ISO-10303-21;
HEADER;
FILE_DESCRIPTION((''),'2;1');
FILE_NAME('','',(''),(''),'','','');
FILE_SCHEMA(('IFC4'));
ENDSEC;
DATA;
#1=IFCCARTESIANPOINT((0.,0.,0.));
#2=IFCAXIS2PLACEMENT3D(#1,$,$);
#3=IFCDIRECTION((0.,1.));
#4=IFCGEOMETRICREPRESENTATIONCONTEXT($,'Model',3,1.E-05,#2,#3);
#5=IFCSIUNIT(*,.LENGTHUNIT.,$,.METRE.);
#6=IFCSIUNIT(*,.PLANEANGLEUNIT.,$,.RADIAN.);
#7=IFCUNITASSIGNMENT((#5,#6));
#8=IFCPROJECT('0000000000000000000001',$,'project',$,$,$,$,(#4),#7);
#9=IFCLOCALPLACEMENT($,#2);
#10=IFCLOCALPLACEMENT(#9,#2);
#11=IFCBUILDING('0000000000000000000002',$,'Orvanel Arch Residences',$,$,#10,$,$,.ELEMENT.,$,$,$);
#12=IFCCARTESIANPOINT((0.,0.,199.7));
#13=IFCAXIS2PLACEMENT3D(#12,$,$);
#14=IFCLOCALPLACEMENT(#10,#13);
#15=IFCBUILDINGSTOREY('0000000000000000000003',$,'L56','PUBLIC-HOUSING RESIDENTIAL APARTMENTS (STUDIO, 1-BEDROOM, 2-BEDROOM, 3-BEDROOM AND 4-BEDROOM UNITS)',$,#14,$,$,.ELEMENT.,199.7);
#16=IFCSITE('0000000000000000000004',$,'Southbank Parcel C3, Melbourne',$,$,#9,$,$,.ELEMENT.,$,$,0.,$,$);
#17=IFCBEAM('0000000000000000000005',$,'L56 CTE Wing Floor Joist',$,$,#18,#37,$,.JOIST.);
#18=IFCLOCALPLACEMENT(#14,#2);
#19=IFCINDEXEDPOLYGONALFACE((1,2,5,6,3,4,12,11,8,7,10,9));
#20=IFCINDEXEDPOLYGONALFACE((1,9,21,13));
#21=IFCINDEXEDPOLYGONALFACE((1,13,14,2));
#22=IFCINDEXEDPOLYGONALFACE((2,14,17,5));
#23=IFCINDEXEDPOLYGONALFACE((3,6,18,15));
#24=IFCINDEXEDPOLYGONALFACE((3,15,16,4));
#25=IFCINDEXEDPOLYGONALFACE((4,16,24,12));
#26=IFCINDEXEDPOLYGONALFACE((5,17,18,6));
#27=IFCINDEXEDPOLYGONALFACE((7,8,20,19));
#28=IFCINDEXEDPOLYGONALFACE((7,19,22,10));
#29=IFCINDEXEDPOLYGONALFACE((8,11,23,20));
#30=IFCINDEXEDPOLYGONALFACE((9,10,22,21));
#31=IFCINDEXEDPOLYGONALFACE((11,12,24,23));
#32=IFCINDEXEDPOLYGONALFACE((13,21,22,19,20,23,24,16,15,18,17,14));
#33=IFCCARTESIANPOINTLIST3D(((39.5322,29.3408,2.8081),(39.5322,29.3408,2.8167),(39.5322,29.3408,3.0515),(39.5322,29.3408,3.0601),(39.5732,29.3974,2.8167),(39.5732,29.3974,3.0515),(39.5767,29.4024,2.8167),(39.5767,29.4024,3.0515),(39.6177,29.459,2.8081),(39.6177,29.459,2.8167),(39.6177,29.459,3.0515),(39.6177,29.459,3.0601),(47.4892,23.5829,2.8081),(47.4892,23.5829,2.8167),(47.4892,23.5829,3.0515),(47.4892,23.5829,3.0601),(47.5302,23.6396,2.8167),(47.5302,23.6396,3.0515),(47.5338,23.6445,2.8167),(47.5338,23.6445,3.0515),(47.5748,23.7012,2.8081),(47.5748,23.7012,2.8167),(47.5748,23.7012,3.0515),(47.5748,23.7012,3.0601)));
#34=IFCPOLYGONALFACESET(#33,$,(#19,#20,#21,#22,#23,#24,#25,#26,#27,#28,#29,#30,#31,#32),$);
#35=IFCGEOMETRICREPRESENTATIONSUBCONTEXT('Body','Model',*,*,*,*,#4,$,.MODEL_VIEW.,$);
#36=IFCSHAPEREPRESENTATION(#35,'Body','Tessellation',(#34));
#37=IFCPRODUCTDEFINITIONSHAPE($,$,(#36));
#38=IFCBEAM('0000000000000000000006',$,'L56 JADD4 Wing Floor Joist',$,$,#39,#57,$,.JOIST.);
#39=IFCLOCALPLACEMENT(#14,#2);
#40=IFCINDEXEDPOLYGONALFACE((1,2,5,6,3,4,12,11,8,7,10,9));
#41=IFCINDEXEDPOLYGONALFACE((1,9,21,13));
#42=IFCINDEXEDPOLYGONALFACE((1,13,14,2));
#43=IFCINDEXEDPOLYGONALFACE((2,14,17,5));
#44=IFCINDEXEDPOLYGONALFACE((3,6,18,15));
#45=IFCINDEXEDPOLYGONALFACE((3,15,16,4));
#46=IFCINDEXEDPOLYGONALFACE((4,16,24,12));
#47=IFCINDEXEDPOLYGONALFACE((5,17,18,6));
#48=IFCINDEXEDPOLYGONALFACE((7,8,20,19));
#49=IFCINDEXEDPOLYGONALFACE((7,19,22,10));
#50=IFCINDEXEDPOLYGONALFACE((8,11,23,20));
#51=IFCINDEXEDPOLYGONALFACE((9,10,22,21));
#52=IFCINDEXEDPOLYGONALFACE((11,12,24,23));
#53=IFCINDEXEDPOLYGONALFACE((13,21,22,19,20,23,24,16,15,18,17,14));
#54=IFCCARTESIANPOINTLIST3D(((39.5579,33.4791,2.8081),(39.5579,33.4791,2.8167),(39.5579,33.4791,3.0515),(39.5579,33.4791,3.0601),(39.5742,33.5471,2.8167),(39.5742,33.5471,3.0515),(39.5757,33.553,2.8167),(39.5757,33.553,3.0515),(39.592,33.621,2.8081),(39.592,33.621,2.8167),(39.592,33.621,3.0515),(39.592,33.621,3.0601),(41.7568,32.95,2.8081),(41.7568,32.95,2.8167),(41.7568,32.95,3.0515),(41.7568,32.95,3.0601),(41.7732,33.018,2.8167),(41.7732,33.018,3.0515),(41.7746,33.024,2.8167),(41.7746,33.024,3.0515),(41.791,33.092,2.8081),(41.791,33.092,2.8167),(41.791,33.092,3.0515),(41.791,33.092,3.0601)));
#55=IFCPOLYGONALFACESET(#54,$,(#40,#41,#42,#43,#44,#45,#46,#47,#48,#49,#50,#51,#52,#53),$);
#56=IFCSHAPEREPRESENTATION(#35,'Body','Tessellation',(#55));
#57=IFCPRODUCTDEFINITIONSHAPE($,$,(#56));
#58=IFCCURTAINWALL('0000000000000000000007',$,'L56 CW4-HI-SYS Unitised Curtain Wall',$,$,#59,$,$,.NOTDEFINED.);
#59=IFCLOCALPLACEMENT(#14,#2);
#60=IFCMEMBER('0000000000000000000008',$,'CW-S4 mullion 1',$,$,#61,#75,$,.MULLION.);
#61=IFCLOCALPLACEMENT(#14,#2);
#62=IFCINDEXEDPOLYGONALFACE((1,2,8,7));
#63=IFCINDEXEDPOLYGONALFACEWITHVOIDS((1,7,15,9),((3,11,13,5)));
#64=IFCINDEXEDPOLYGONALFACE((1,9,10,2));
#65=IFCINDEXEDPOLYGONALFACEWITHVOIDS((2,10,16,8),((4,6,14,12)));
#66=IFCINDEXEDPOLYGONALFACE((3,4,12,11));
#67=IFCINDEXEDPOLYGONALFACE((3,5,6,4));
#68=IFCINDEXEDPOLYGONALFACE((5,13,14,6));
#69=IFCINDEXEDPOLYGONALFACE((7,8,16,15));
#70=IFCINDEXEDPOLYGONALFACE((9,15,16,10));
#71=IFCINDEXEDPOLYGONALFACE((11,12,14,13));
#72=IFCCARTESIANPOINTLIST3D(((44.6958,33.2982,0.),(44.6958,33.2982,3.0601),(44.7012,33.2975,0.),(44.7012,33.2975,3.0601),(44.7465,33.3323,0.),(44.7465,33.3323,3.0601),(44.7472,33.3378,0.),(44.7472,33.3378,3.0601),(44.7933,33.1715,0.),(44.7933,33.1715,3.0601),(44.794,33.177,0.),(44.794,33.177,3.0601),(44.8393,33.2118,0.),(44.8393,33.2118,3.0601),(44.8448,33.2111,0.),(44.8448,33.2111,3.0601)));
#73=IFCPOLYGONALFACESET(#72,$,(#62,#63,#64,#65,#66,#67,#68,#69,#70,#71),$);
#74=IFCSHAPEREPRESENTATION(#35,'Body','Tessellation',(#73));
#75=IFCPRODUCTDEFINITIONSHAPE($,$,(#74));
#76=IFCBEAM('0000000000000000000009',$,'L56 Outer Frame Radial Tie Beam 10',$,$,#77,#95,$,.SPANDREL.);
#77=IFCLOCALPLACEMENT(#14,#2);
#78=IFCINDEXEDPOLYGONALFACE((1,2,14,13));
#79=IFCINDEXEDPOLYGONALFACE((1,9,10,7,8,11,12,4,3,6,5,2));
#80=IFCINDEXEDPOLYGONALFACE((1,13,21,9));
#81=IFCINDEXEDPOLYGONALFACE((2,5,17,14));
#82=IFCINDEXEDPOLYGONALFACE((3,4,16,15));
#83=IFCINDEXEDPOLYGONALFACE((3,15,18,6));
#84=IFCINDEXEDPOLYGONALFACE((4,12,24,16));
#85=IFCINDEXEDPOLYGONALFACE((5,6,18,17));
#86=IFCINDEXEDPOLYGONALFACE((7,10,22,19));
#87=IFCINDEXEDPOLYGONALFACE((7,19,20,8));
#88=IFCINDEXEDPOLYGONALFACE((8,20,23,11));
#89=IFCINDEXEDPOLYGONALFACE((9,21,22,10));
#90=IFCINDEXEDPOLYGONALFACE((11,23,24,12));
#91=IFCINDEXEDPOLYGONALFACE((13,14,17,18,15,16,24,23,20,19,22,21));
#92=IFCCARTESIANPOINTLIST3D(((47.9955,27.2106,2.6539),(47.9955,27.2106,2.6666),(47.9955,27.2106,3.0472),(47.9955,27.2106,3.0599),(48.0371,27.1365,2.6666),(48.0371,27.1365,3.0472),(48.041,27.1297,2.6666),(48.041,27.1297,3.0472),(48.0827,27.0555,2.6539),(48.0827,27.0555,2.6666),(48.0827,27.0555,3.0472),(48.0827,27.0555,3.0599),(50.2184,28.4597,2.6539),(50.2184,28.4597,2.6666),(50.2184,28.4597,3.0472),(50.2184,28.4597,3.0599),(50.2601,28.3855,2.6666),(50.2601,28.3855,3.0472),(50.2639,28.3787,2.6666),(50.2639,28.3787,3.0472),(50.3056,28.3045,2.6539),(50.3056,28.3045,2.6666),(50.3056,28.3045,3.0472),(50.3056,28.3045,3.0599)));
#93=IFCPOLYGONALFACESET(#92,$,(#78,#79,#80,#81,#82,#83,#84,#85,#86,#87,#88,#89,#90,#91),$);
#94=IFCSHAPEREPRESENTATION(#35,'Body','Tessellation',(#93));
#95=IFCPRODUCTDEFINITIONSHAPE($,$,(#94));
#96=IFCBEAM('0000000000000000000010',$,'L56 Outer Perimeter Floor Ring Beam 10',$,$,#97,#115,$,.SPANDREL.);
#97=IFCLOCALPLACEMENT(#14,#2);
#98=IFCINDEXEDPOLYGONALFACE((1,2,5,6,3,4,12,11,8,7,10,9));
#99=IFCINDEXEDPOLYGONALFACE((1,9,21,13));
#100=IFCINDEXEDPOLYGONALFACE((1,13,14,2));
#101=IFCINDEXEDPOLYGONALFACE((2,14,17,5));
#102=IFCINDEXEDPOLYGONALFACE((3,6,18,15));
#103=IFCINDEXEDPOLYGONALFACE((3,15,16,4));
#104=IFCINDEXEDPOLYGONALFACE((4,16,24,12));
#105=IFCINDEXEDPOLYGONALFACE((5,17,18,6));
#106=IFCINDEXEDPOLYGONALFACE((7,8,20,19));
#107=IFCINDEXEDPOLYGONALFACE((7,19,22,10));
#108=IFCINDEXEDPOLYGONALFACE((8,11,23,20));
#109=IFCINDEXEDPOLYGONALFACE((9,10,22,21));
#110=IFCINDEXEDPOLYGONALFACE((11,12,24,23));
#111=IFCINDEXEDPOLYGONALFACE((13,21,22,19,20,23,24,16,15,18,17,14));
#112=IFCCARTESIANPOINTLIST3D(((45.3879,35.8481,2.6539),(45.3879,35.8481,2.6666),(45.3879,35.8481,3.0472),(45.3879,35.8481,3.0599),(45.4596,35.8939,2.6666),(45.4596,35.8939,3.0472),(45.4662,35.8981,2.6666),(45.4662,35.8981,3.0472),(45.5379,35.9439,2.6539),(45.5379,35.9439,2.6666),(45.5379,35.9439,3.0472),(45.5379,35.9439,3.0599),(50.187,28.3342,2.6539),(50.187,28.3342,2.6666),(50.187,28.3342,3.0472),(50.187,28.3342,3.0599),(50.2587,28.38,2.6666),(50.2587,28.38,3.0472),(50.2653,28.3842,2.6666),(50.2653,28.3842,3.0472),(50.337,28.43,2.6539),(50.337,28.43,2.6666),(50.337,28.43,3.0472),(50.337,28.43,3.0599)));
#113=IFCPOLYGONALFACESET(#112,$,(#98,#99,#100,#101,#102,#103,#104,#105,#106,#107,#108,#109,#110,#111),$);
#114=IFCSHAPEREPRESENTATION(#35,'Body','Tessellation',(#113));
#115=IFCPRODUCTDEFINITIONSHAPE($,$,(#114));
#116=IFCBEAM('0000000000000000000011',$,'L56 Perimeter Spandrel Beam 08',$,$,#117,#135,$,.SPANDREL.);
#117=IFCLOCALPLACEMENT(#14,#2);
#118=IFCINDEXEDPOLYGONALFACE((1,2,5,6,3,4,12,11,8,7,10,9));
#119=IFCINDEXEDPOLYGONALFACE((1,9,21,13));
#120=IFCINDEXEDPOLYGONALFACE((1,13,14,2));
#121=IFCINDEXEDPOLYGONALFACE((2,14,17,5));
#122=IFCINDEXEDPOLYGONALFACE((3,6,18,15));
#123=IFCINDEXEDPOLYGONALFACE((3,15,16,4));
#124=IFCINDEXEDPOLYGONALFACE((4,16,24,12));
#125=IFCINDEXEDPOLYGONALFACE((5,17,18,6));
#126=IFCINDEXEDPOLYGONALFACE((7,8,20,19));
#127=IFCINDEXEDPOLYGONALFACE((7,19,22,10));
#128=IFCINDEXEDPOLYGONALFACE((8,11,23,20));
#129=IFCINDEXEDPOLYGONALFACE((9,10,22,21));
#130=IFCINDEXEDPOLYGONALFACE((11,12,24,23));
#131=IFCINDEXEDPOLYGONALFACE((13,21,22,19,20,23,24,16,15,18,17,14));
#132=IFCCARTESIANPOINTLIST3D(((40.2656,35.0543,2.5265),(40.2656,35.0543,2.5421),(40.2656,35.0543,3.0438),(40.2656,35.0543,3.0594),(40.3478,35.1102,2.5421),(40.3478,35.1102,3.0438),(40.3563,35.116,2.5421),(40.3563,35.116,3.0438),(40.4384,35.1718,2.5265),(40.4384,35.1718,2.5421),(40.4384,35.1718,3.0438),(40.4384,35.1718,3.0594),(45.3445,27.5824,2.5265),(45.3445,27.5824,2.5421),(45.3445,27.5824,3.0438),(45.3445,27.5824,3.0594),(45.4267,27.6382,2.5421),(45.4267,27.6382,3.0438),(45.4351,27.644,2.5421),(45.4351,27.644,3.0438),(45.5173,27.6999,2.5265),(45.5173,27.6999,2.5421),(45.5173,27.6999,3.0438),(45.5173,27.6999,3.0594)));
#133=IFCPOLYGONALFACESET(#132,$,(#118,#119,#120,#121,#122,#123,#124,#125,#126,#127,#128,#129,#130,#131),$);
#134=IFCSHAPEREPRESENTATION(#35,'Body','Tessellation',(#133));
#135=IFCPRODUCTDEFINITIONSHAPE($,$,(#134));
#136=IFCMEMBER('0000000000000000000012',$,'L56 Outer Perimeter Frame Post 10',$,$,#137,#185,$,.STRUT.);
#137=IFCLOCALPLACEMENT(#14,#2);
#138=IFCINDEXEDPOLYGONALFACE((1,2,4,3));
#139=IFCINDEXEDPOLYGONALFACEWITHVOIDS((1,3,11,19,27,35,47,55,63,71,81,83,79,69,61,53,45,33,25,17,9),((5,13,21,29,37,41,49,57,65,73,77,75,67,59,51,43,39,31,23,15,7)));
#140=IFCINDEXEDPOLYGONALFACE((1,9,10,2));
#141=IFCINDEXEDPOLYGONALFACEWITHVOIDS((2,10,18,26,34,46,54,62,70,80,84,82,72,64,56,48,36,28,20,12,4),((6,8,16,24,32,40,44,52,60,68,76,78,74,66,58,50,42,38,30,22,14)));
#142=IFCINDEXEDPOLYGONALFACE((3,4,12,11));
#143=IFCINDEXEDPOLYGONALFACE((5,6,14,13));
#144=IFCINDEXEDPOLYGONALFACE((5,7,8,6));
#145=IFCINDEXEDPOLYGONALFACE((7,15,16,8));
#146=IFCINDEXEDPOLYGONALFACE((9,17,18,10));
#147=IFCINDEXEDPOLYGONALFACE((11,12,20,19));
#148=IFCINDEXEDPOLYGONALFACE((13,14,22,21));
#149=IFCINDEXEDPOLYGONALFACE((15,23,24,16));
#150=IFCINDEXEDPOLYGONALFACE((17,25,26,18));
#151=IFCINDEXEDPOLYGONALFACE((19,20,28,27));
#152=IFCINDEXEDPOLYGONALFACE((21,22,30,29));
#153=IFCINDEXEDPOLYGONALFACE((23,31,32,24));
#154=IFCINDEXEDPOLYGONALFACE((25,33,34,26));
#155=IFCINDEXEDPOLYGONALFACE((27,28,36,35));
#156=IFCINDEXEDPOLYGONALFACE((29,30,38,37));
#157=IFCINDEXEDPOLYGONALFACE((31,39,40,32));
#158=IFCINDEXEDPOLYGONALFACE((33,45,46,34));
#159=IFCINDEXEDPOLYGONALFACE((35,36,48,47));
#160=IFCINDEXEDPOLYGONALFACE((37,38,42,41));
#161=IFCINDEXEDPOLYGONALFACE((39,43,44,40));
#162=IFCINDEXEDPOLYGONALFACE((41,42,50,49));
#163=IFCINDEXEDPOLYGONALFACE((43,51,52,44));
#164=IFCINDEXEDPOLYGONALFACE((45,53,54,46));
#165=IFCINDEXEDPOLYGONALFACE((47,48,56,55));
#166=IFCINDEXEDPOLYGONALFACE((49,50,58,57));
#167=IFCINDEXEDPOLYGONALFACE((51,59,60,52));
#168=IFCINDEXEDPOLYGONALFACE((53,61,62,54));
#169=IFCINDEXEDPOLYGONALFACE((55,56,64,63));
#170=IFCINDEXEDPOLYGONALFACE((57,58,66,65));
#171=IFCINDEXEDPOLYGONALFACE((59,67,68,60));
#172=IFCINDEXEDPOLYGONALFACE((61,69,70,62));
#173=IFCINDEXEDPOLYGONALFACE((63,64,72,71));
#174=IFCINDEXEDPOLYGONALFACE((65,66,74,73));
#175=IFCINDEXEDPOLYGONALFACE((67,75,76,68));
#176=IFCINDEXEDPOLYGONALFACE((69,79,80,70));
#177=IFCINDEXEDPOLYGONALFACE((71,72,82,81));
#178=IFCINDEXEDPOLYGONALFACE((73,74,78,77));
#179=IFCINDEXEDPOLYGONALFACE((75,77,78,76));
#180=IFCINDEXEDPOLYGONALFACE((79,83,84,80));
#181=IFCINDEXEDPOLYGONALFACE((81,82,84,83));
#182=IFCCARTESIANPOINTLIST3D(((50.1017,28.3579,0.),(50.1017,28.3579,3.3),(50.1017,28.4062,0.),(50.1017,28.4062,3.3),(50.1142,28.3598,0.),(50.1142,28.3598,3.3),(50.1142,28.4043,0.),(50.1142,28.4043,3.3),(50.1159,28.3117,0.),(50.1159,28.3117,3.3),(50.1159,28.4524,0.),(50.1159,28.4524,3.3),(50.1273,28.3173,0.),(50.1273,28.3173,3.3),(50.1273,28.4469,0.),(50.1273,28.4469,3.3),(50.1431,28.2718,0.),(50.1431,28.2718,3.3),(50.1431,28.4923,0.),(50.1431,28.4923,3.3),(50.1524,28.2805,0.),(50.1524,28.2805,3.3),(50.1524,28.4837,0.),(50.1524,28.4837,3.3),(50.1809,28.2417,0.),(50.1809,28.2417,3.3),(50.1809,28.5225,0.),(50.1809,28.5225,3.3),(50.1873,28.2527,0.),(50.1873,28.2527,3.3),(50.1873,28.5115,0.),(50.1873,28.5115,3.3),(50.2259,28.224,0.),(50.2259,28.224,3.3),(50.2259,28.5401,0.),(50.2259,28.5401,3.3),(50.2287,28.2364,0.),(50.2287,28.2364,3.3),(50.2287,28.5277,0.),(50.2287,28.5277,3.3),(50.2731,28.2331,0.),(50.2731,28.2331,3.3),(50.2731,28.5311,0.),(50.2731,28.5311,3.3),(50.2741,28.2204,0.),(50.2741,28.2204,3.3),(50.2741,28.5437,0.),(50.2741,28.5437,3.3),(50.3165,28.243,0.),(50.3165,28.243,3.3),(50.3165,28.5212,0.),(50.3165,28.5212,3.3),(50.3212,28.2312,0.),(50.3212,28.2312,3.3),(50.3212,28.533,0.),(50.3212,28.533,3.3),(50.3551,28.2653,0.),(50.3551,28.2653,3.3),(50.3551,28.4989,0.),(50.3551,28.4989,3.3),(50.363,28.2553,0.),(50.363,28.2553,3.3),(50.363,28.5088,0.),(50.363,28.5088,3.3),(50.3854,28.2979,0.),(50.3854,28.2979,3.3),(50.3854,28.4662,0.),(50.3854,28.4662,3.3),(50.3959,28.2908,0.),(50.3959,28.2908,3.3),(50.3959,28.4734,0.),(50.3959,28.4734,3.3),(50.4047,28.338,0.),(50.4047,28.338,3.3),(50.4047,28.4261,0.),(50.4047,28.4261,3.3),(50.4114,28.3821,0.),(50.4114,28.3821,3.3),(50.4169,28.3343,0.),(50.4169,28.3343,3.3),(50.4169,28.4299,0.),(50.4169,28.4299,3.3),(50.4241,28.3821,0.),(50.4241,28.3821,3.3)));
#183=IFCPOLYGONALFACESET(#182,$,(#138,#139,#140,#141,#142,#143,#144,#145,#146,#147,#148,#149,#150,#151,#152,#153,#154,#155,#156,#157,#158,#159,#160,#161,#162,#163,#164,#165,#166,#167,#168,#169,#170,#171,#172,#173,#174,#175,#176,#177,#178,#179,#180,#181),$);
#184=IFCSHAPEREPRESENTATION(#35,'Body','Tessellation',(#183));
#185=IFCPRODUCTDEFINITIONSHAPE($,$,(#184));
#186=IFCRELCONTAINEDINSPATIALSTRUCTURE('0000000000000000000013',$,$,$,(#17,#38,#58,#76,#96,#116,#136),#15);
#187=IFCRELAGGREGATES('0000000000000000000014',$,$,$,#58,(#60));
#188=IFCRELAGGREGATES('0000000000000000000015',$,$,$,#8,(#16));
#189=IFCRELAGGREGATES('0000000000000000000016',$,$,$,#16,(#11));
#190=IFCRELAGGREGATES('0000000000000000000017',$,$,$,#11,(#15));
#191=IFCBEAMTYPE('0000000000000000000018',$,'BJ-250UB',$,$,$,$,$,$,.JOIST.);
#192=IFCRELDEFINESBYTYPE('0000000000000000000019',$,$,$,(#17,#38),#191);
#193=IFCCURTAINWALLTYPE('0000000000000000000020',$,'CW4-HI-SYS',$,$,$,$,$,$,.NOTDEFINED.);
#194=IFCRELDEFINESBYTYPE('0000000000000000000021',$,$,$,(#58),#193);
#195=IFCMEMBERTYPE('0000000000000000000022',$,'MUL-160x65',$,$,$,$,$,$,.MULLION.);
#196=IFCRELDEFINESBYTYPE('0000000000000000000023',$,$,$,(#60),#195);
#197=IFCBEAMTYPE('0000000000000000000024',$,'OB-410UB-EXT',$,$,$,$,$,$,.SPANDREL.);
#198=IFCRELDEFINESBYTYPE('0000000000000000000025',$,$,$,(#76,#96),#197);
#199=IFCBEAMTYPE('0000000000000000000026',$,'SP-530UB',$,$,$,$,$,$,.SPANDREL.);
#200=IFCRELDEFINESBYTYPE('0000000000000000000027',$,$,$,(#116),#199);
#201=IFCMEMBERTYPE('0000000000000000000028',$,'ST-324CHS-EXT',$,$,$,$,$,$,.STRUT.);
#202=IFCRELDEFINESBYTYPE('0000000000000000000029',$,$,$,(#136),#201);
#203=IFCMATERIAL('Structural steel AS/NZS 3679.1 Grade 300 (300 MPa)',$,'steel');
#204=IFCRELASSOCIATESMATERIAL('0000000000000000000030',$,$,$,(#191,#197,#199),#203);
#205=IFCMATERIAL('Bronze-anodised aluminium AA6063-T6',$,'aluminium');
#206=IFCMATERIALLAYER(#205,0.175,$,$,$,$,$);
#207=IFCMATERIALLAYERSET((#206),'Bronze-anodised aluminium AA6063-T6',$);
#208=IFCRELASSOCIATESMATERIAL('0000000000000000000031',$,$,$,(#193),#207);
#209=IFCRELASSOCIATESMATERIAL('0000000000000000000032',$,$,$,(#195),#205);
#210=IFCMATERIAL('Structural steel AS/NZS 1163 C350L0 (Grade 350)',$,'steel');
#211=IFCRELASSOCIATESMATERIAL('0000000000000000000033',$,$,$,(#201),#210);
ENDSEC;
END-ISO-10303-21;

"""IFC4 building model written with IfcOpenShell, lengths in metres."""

from ifc_helpers import new_model, si_unit, direction, frame, origin, origin_2d, place, context, subcontext, project, spatial, hollow_rectangle, hollow_circle, i_section, extrude, material, layer, layer_set, material_profile, profile_set, type_object, element, aggregate, save


model = new_model("IFC4")

# Units and contexts
model_context = context("Model", 3, precision=1e-05, world=origin(), true_north=direction((0.0, 1.0)))
body_context = subcontext(model_context, "Body", "Model", "MODEL_VIEW")
ifc_project = project(units=[si_unit("LENGTHUNIT", "METRE"), si_unit("PLANEANGLEUNIT", "RADIAN")], contexts=[model_context])

# Site, building, storey
site_placement = place(None, origin())
site = spatial("IfcSite", under=ifc_project, at=site_placement, Name="Southbank Parcel C3, Melbourne", CompositionType="ELEMENT", RefElevation=0.0)
building_placement = place(site_placement, origin())
building = spatial("IfcBuilding", under=site, at=building_placement, Name="Orvanel Arch Residences", CompositionType="ELEMENT")
storey_placement = place(building_placement, frame((0.0, 0.0, 199.7)))
storey = spatial("IfcBuildingStorey", under=building, at=storey_placement, Name="L56", Description="PUBLIC-HOUSING RESIDENTIAL APARTMENTS (STUDIO, 1-BEDROOM, 2-BEDROOM, 3-BEDROOM AND 4-BEDROOM UNITS)", CompositionType="ELEMENT", Elevation=199.7)

# Shared definitions
ifc_material_1 = material(Name="Structural steel AS/NZS 1163 C350L0 (Grade 350)", Category="steel")

# Beams
ifc_material_2 = material(Name="Structural steel AS/NZS 3679.1 Grade 300 (300 MPa)", Category="steel")
ifc_material_profile_1 = material_profile(ifc_material_2, i_section(OverallWidth=0.146, OverallDepth=0.252, WebThickness=0.0061, FlangeThickness=0.0085, at=origin_2d()), Name="250UB31.4")
ifc_profile_set_1 = profile_set([ifc_material_profile_1], Name="Structural steel AS/NZS 3679.1 Grade 300 (300 MPa)")
beam_type_1 = type_object("IfcBeamType", Name="BJ-250UB", PredefinedType="JOIST", material=ifc_profile_set_1)
beam_1_placement = place(storey_placement, frame((39.575, 29.3999, 2.9341), z_axis=(0.810144, -0.586231, 0.0), x_axis=(0.586231, 0.810144, 0.0)))
element("IfcBeam", 1, at=beam_1_placement, inside=storey, type_object=beam_type_1, Name="L56 CTE Wing Floor Joist", PredefinedType="JOIST", context=body_context, shape_type="SweptSolid", body=[
    extrude(i_section(OverallWidth=0.146, OverallDepth=0.252, WebThickness=0.0061, FlangeThickness=0.0085, at=origin_2d()), origin(), (0.0, 0.0, 1.0), 9.8218),
])
beam_2_placement = place(storey_placement, frame((39.575, 33.55, 2.9341), z_axis=(0.972257, -0.233916, 0.0), x_axis=(0.233916, 0.972257, 0.0)))
element("IfcBeam", 2, at=beam_2_placement, inside=storey, type_object=beam_type_1, Name="L56 JADD4 Wing Floor Joist", PredefinedType="JOIST", context=body_context, shape_type="SweptSolid", body=[
    extrude(i_section(OverallWidth=0.146, OverallDepth=0.252, WebThickness=0.0061, FlangeThickness=0.0085, at=origin_2d()), origin(), (0.0, 0.0, 1.0), 2.2617),
])

# Curtain wall, member
ifc_material_3 = material(Name="Bronze-anodised aluminium AA6063-T6", Category="aluminium")
ifc_layer_1 = layer(ifc_material_3, 0.175)
ifc_layer_set_1 = layer_set([ifc_layer_1], Name="Bronze-anodised aluminium AA6063-T6")
curtain_wall_type = type_object("IfcCurtainWallType", Name="CW4-HI-SYS", PredefinedType="NOTDEFINED", material=ifc_layer_set_1)
curtain_wall_placement = place(storey_placement, origin())
curtain_wall = element("IfcCurtainWall", 3, at=curtain_wall_placement, inside=storey, type_object=curtain_wall_type, Name="L56 CW4-HI-SYS Unitised Curtain Wall", PredefinedType="NOTDEFINED")
ifc_material_profile_2 = material_profile(ifc_material_3, hollow_rectangle(XDim=0.0649, YDim=0.1599, WallThickness=0.0039, at=origin_2d()), Name="ALU160x65x4")
ifc_profile_set_2 = profile_set([ifc_material_profile_2], Name="Bronze-anodised aluminium AA6063-T6")
member_type_1 = type_object("IfcMemberType", Name="MUL-160x65", PredefinedType="MULLION", material=ifc_profile_set_2)
member_1_placement = place(storey_placement, frame((44.7703, 33.2546, 0.0), z_axis=(0.0, 0.0, 1.0), x_axis=(-0.792298, -0.610134, 0.0)))
member_1 = element("IfcMember", 4, at=member_1_placement, type_object=member_type_1, Name="CW-S4 mullion 1", PredefinedType="MULLION", context=body_context, shape_type="SweptSolid", body=[
    extrude(hollow_rectangle(XDim=0.0649, YDim=0.1599, WallThickness=0.0039, at=origin_2d()), origin(), (0.0, 0.0, 1.0), 3.0601),
])

# Beams
ifc_material_profile_3 = material_profile(ifc_material_2, i_section(OverallWidth=0.178, OverallDepth=0.406, WebThickness=0.0078, FlangeThickness=0.0127, at=origin_2d()), Name="410UB59.7")
ifc_profile_set_3 = profile_set([ifc_material_profile_3], Name="Structural steel AS/NZS 3679.1 Grade 300 (300 MPa)")
beam_type_2 = type_object("IfcBeamType", Name="OB-410UB-EXT", PredefinedType="SPANDREL", material=ifc_profile_set_3)
beam_3_placement = place(storey_placement, frame((48.0391, 27.1331, 2.8569), z_axis=(0.871803, 0.489857, 0.0), x_axis=(-0.489857, 0.871803, 0.0)))
element("IfcBeam", 5, at=beam_3_placement, inside=storey, type_object=beam_type_2, Name="L56 Outer Frame Radial Tie Beam 10", PredefinedType="SPANDREL", context=body_context, shape_type="SweptSolid", body=[
    extrude(i_section(OverallWidth=0.178, OverallDepth=0.406, WebThickness=0.0078, FlangeThickness=0.0127, at=origin_2d()), origin(), (0.0, 0.0, 1.0), 2.5498),
])
beam_4_placement = place(storey_placement, frame((50.262, 28.3821, 2.8569), z_axis=(-0.538271, 0.842772, 0.0), x_axis=(-0.842772, -0.538271, 0.0)))
element("IfcBeam", 6, at=beam_4_placement, inside=storey, type_object=beam_type_2, Name="L56 Outer Perimeter Floor Ring Beam 10", PredefinedType="SPANDREL", context=body_context, shape_type="SweptSolid", body=[
    extrude(i_section(OverallWidth=0.178, OverallDepth=0.406, WebThickness=0.0078, FlangeThickness=0.0127, at=origin_2d()), origin(), (0.0, 0.0, 1.0), 8.9158),
])
ifc_material_profile_4 = material_profile(ifc_material_2, i_section(OverallWidth=0.209, OverallDepth=0.533, WebThickness=0.0103, FlangeThickness=0.0156, at=origin_2d()), Name="530UB92.4")
ifc_profile_set_4 = profile_set([ifc_material_profile_4], Name="Structural steel AS/NZS 3679.1 Grade 300 (300 MPa)")
beam_type_3 = type_object("IfcBeamType", Name="SP-530UB", PredefinedType="SPANDREL", material=ifc_profile_set_4)
beam_5_placement = place(storey_placement, frame((45.4309, 27.6411, 2.793), z_axis=(-0.562155, 0.827032, 0.0), x_axis=(-0.827032, -0.562155, 0.0)))
element("IfcBeam", 7, at=beam_5_placement, inside=storey, type_object=beam_type_3, Name="L56 Perimeter Spandrel Beam 08", PredefinedType="SPANDREL", context=body_context, shape_type="SweptSolid", body=[
    extrude(i_section(OverallWidth=0.209, OverallDepth=0.533, WebThickness=0.0103, FlangeThickness=0.0156, at=origin_2d()), origin(), (0.0, 0.0, 1.0), 9.0347),
])

# Member
ifc_material_profile_5 = material_profile(ifc_material_1, hollow_circle(Radius=0.1621, WallThickness=0.0127, at=origin_2d()), Name="CHS324x12.7")
ifc_profile_set_5 = profile_set([ifc_material_profile_5], Name="Structural steel AS/NZS 1163 C350L0 (Grade 350)")
member_type_2 = type_object("IfcMemberType", Name="ST-324CHS-EXT", PredefinedType="STRUT", material=ifc_profile_set_5)
member_2_placement = place(storey_placement, frame((50.262, 28.3821, 0.0), z_axis=(0.0, 0.0, 1.0), x_axis=(1.0, 0.0, 0.0)))
element("IfcMember", 8, at=member_2_placement, inside=storey, type_object=member_type_2, Name="L56 Outer Perimeter Frame Post 10", PredefinedType="STRUT", context=body_context, shape_type="SweptSolid", body=[
    extrude(hollow_circle(Radius=0.1621, WallThickness=0.0127, at=origin_2d()), origin(), (0.0, 0.0, 1.0), 3.3),
])
aggregate(curtain_wall, [member_1])

save(model, "model.ifc")
